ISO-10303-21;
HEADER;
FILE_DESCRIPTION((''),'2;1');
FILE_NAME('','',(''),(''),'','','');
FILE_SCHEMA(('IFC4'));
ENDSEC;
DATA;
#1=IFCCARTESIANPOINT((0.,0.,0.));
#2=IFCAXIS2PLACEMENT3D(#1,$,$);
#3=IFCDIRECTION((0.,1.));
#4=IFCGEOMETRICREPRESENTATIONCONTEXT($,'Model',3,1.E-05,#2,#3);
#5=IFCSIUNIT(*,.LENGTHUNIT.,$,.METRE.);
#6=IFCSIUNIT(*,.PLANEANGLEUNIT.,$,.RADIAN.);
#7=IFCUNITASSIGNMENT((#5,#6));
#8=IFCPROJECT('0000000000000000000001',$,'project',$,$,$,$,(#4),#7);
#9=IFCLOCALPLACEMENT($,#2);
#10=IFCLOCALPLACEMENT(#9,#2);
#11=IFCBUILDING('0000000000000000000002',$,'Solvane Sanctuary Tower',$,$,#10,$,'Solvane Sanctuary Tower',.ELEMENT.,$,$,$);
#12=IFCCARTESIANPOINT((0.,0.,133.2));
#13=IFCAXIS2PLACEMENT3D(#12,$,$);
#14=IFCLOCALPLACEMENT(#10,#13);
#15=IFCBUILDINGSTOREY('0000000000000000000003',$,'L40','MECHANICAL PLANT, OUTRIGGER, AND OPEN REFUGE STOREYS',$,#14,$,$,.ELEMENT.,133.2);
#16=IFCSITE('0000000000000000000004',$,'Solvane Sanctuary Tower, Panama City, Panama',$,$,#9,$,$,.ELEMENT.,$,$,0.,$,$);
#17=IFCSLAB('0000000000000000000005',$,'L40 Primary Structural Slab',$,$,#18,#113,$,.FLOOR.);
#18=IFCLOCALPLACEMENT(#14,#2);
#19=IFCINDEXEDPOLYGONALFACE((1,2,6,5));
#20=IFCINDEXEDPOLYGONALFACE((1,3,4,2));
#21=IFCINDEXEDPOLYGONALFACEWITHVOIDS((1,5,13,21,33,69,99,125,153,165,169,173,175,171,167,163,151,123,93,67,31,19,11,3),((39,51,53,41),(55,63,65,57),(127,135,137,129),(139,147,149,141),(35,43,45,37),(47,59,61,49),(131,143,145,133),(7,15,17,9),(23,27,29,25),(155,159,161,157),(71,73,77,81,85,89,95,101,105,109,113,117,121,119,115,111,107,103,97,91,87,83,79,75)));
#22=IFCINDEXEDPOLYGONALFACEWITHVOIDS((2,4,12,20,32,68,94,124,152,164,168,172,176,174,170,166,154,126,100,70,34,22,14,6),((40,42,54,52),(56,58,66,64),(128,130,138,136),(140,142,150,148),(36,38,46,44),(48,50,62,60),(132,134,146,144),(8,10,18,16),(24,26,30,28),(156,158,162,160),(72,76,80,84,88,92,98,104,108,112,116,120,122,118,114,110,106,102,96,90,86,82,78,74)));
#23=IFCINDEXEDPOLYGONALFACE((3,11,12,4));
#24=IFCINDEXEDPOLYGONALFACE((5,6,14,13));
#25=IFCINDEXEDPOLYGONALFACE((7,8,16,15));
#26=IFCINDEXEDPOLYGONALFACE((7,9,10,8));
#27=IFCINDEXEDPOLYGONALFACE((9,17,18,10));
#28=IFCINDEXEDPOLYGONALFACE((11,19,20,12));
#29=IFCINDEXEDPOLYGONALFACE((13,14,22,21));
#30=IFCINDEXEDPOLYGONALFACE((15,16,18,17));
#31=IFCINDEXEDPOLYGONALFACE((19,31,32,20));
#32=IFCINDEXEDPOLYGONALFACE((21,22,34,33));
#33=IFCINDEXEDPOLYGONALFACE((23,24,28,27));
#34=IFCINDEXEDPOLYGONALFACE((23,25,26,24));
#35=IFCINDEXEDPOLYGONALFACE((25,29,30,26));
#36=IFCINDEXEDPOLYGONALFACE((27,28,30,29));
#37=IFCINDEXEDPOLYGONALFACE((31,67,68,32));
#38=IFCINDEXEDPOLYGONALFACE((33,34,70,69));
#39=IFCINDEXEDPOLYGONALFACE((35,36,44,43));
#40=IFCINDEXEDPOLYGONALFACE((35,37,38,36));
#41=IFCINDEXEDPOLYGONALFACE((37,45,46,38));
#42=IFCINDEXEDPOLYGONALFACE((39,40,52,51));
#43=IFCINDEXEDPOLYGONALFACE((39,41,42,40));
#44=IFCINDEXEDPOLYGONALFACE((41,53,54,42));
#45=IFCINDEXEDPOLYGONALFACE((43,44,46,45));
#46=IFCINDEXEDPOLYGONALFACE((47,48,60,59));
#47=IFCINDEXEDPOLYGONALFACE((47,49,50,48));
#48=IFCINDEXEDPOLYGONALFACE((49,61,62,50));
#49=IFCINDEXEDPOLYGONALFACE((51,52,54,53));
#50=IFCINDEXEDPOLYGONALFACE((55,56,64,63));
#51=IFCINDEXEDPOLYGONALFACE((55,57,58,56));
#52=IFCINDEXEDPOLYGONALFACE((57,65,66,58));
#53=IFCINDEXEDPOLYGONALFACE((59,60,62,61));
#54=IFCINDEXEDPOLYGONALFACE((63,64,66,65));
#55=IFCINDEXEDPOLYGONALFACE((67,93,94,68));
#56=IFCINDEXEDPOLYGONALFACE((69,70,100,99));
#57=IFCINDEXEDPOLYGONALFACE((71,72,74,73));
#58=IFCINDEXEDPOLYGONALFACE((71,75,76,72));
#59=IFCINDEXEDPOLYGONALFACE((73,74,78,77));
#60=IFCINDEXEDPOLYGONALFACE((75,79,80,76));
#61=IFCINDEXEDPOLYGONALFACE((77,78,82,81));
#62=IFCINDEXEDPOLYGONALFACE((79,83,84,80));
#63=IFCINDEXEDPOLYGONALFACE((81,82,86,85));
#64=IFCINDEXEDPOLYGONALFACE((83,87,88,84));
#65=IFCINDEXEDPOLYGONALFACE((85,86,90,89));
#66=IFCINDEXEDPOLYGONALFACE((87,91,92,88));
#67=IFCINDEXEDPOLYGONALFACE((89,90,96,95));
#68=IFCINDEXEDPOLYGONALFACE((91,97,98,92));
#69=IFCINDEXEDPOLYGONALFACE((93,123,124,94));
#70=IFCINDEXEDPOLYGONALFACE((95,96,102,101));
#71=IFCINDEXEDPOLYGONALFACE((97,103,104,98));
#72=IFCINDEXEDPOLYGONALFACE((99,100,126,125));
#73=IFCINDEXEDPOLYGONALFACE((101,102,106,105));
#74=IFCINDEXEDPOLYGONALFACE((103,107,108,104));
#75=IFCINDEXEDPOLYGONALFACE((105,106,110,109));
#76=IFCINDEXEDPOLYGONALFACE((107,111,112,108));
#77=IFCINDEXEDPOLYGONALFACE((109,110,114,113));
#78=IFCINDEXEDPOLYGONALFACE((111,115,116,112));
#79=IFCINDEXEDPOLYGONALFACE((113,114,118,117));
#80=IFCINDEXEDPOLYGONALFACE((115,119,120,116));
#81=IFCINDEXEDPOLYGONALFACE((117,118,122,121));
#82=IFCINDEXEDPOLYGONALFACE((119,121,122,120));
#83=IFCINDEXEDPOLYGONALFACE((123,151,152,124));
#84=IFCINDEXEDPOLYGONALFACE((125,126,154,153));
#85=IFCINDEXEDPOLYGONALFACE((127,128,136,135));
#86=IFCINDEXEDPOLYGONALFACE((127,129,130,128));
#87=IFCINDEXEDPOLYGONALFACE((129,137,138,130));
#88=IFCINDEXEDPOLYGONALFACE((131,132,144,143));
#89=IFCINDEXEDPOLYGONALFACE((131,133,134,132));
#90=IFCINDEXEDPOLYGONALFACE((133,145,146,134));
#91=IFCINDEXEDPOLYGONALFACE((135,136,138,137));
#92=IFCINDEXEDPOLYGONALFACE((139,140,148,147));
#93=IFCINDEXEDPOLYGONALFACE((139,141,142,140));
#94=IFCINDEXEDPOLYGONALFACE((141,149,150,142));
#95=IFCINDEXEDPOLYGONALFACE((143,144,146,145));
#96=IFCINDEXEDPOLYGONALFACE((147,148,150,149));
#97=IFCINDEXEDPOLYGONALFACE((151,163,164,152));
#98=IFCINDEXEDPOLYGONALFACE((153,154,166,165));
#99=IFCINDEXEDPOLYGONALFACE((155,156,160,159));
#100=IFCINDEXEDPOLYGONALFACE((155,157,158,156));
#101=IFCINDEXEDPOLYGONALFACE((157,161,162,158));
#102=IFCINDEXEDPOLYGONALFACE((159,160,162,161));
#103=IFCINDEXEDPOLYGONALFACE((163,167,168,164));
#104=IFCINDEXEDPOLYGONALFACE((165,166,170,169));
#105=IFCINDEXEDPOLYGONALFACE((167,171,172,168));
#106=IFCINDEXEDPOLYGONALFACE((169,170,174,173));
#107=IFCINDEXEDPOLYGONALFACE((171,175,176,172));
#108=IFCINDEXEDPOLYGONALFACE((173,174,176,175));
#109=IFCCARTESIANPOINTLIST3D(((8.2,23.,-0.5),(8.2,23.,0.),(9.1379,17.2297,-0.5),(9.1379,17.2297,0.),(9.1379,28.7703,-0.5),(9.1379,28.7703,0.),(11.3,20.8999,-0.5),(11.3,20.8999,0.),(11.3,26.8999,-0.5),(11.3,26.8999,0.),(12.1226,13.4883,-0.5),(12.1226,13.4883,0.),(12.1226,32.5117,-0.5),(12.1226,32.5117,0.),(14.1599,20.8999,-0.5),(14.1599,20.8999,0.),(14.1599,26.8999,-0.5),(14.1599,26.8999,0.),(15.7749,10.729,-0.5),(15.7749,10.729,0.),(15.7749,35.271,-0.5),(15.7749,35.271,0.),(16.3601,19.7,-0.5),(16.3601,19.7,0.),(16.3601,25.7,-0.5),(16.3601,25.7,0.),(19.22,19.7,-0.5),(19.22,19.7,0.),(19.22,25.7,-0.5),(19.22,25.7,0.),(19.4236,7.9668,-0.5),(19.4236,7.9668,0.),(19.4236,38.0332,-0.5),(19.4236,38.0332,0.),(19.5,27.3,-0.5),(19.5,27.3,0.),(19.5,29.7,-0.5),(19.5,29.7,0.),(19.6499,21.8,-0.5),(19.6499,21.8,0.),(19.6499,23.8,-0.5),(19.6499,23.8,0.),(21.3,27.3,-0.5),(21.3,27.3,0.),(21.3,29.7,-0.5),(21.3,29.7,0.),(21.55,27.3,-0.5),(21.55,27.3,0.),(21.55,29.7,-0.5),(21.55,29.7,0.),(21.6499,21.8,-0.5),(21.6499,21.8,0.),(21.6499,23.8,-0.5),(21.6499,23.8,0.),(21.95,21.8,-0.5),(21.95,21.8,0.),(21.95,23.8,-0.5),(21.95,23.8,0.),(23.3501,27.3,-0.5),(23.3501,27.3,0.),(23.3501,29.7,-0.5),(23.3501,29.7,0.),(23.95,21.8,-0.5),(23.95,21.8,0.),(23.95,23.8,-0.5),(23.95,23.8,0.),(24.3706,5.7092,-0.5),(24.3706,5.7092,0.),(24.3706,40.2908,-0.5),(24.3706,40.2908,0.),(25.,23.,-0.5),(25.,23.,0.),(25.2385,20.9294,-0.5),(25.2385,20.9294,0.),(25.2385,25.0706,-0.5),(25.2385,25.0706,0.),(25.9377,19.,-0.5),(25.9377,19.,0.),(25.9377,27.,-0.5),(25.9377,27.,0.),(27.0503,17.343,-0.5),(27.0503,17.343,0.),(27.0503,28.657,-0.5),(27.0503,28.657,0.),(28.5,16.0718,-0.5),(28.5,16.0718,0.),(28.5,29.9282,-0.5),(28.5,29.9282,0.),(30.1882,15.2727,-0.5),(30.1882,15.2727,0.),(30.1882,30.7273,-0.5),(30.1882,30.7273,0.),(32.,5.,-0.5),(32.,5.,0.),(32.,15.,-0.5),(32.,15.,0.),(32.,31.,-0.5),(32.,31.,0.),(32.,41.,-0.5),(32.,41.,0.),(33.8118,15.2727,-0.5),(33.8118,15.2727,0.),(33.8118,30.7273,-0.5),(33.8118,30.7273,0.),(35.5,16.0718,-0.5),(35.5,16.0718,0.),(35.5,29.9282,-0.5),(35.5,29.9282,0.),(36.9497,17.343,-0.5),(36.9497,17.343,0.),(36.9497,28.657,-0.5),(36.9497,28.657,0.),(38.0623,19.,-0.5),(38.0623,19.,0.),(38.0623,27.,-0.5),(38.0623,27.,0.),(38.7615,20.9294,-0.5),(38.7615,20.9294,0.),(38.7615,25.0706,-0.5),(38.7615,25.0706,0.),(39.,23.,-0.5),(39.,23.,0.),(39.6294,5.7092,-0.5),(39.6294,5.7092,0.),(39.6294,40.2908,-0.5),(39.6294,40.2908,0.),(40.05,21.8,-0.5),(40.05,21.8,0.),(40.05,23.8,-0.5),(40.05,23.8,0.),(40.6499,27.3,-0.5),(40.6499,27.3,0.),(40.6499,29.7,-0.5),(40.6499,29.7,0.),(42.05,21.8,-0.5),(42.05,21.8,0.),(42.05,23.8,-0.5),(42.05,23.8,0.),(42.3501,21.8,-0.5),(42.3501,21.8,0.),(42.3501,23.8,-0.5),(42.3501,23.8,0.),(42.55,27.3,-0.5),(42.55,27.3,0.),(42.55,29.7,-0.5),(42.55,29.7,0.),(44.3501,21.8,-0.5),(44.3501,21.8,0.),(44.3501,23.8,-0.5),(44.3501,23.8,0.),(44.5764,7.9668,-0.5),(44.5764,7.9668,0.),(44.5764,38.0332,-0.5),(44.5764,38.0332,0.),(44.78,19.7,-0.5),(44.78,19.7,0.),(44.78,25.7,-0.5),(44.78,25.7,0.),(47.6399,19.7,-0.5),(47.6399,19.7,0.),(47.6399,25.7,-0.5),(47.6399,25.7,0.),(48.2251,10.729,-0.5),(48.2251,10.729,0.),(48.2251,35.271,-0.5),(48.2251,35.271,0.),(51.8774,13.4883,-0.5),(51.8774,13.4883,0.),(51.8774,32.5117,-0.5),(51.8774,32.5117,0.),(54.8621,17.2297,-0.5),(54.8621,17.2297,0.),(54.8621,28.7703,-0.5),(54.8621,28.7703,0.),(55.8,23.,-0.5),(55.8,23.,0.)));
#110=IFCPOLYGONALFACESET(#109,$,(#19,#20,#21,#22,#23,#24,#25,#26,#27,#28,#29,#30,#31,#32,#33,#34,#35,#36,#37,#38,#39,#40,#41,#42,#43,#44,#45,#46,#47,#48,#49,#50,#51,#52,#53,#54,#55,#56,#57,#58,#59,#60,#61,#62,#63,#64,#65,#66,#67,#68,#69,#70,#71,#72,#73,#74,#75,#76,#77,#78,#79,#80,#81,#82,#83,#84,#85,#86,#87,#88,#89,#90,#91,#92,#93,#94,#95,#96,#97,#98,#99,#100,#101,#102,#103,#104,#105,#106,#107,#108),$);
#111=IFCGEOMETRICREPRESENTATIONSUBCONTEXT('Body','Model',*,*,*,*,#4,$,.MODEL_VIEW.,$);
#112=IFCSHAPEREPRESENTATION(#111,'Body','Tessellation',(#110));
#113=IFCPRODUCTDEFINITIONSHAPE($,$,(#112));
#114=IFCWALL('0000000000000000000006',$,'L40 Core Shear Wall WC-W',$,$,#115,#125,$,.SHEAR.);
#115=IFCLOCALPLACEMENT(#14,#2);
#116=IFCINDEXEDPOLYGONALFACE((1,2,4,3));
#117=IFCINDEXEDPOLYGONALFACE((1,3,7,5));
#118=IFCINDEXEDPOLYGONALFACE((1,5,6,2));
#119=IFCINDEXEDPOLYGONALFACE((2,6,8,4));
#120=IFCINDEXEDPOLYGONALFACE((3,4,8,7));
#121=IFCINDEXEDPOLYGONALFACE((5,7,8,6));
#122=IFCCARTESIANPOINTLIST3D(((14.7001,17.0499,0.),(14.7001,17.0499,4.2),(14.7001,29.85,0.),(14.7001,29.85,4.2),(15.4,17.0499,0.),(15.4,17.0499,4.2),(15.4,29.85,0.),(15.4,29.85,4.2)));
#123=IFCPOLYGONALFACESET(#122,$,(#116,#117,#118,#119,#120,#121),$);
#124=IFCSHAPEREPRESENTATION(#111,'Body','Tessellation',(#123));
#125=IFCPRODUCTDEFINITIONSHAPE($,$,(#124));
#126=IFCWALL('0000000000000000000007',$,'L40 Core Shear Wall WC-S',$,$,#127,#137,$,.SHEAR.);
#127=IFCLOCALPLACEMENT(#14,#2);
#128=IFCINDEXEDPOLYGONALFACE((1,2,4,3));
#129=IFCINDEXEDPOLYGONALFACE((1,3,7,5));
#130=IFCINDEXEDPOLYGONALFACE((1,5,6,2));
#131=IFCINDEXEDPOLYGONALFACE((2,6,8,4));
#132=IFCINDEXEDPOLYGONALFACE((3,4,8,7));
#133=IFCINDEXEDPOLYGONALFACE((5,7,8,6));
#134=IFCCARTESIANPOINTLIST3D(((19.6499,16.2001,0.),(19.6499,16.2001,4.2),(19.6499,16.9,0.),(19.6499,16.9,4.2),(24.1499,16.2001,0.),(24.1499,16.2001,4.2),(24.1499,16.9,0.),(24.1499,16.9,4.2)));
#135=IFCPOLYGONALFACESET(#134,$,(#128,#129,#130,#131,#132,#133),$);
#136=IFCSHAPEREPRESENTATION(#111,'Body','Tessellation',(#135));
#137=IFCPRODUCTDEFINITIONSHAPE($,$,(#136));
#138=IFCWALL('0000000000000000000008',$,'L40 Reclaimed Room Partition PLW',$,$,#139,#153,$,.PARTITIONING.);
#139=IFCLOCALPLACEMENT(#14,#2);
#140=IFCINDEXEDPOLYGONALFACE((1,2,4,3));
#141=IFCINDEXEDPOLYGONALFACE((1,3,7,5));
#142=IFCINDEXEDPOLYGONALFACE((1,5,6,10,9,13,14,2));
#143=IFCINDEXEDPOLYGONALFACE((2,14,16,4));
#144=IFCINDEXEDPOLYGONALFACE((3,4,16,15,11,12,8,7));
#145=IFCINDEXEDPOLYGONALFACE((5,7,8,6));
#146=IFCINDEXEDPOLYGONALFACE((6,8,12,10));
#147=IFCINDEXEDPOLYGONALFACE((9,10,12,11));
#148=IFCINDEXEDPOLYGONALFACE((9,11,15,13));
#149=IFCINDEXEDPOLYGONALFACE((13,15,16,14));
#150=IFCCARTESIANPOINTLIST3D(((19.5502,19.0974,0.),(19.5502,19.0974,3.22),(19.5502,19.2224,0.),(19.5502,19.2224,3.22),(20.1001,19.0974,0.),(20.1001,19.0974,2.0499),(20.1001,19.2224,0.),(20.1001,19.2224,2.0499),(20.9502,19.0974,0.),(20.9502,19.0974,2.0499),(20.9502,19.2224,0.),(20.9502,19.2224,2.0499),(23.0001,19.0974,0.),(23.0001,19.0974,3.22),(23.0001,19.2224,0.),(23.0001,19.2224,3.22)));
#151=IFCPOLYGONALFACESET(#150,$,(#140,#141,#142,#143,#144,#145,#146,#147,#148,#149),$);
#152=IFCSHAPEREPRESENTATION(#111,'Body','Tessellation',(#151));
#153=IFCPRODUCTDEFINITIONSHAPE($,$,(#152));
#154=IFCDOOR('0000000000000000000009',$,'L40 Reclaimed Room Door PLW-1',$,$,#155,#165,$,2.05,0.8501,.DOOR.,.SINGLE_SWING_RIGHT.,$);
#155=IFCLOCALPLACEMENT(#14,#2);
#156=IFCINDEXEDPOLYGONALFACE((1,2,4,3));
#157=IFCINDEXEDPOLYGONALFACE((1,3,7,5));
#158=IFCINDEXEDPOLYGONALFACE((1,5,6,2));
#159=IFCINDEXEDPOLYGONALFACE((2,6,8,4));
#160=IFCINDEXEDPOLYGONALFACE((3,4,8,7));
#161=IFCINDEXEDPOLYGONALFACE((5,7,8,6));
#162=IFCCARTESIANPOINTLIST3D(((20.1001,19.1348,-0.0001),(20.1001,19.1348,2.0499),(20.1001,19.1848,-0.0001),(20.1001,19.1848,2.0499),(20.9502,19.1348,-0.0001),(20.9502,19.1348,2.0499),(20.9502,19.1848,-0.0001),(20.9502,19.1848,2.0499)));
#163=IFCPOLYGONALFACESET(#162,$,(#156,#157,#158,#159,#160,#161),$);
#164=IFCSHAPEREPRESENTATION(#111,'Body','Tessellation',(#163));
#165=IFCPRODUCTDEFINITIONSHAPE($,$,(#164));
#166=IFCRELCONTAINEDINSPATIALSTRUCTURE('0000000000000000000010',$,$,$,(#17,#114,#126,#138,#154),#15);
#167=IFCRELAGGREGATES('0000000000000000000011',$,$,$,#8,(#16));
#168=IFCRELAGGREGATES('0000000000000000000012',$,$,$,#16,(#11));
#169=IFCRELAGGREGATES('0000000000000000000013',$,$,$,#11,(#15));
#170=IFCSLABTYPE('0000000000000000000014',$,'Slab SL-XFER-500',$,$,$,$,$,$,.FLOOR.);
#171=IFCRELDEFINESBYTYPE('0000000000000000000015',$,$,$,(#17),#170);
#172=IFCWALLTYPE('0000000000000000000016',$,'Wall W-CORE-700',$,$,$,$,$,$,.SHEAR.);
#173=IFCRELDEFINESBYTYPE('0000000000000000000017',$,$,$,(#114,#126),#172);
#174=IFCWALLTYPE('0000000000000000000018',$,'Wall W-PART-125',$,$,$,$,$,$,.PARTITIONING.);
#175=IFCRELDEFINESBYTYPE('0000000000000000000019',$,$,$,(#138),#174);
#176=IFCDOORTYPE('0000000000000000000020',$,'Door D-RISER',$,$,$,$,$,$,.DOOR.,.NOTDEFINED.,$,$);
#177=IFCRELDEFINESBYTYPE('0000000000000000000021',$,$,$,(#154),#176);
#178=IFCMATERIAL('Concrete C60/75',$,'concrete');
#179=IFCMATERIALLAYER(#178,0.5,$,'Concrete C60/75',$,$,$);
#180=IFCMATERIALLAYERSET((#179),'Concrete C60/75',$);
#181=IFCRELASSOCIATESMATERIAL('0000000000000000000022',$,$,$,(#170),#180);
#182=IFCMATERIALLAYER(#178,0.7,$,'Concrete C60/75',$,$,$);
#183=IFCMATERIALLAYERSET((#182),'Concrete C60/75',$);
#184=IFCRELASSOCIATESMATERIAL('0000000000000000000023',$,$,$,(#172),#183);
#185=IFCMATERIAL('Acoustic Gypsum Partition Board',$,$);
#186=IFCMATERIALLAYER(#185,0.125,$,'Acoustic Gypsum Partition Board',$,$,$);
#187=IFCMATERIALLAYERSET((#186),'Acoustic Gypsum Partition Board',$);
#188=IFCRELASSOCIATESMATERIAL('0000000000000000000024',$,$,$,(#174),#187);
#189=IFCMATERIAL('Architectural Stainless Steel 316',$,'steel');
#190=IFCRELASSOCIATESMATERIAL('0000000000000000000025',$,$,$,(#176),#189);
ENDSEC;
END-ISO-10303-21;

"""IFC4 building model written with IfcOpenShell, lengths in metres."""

from ifc_helpers import new_model, si_unit, direction, frame, frame_2d, origin, place, context, subcontext, project, spatial, polyline, rectangle, outline, extrude, material, layer, layer_set, type_object, element, fill, save


model = new_model("IFC4")

# Units and contexts
model_context = context("Model", 3, precision=1e-05, world=origin(), true_north=direction((0.0, 1.0)))
body_context = subcontext(model_context, "Body", "Model", "MODEL_VIEW")
ifc_project = project(units=[si_unit("LENGTHUNIT", "METRE"), si_unit("PLANEANGLEUNIT", "RADIAN")], contexts=[model_context])

# Site, building, storey
site_placement = place(None, origin())
site = spatial("IfcSite", under=ifc_project, at=site_placement, Name="Solvane Sanctuary Tower, Panama City, Panama", CompositionType="ELEMENT", RefElevation=0.0)
building_placement = place(site_placement, origin())
building = spatial("IfcBuilding", under=site, at=building_placement, Name="Solvane Sanctuary Tower", LongName="Solvane Sanctuary Tower", CompositionType="ELEMENT")
storey_placement = place(building_placement, frame((0.0, 0.0, 133.2)))
storey = spatial("IfcBuildingStorey", under=building, at=storey_placement, Name="L40", Description="MECHANICAL PLANT, OUTRIGGER, AND OPEN REFUGE STOREYS", CompositionType="ELEMENT", Elevation=133.2)

# Shared definitions
ifc_material_1 = material(Name="Concrete C60/75", Category="concrete")

# Slab
ifc_layer_1 = layer(ifc_material_1, 0.5, Name="Concrete C60/75")
ifc_layer_set_1 = layer_set([ifc_layer_1], Name="Concrete C60/75")
slab_type_1 = type_object("IfcSlabType", Name="Slab SL-XFER-500", PredefinedType="FLOOR", material=ifc_layer_set_1)
slab_1_placement = place(storey_placement, frame((0.0, 0.0, -0.5)))
element("IfcSlab", 1, at=slab_1_placement, inside=storey, type_object=slab_type_1, Name="L40 Primary Structural Slab", PredefinedType="FLOOR", context=body_context, shape_type="SweptSolid", body=[
    extrude(outline(polyline([(55.8, 23.0), (54.8621, 28.7703), (51.8774, 32.5117), (48.2251, 35.271), (44.5764, 38.0332), (39.6294, 40.2908), (32.0, 41.0), (24.3706, 40.2908), (19.4236, 38.0332), (15.7749, 35.271), (12.1226, 32.5117), (9.1379, 28.7703), (8.2, 23.0), (9.1379, 17.2297), (12.1226, 13.4883), (15.7749, 10.729), (19.4236, 7.9668), (24.3706, 5.7092), (32.0, 5.0), (39.6294, 5.7092), (44.5764, 7.9668), (48.2251, 10.729), (51.8774, 13.4883), (54.8621, 17.2297), (55.8, 23.0)]), holes=[polyline([(38.7615, 20.9294), (38.0623, 19.0), (36.9497, 17.343), (35.5, 16.0718), (33.8118, 15.2727), (32.0, 15.0), (30.1882, 15.2727), (28.5, 16.0718), (27.0503, 17.343), (25.9377, 19.0), (25.2385, 20.9294), (25.0, 23.0), (25.2385, 25.0706), (25.9377, 27.0), (27.0503, 28.657), (28.5, 29.9282), (30.1882, 30.7273), (32.0, 31.0), (33.8118, 30.7273), (35.5, 29.9282), (36.9497, 28.657), (38.0623, 27.0), (38.7615, 25.0706), (39.0, 23.0), (38.7615, 20.9294)]), polyline([(16.3601, 19.7), (16.3601, 25.7), (19.22, 25.7), (19.22, 19.7), (16.3601, 19.7)]), polyline([(44.78, 19.7), (44.78, 25.7), (47.6399, 25.7), (47.6399, 19.7), (44.78, 19.7)]), polyline([(11.3, 20.8999), (11.3, 26.8999), (14.1599, 26.8999), (14.1599, 20.8999), (11.3, 20.8999)]), polyline([(19.6499, 23.8), (21.6499, 23.8), (21.6499, 21.8), (19.6499, 21.8), (19.6499, 23.8)]), polyline([(42.3501, 23.8), (44.3501, 23.8), (44.3501, 21.8), (42.3501, 21.8), (42.3501, 23.8)]), polyline([(21.95, 23.8), (23.95, 23.8), (23.95, 21.8), (21.95, 21.8), (21.95, 23.8)]), polyline([(40.05, 23.8), (42.05, 23.8), (42.05, 21.8), (40.05, 21.8), (40.05, 23.8)]), polyline([(19.5, 29.7), (21.3, 29.7), (21.3, 27.3), (19.5, 27.3), (19.5, 29.7)]), polyline([(21.55, 29.7), (23.3501, 29.7), (23.3501, 27.3), (21.55, 27.3), (21.55, 29.7)]), polyline([(40.6499, 29.7), (42.55, 29.7), (42.55, 27.3), (40.6499, 27.3), (40.6499, 29.7)])]), origin(), (0.0, 0.0, 1.0), 0.5),
])

# Walls
ifc_layer_2 = layer(ifc_material_1, 0.7, Name="Concrete C60/75")
ifc_layer_set_2 = layer_set([ifc_layer_2], Name="Concrete C60/75")
wall_type_1 = type_object("IfcWallType", Name="Wall W-CORE-700", PredefinedType="SHEAR", material=ifc_layer_set_2)
wall_1_placement = place(storey_placement, frame((15.05, 17.05, 0.0), z_axis=(0.0, 0.0, 1.0), x_axis=(0.0, 1.0, 0.0)))
element("IfcWall", 2, at=wall_1_placement, inside=storey, type_object=wall_type_1, Name="L40 Core Shear Wall WC-W", PredefinedType="SHEAR", context=body_context, shape_type="SweptSolid", body=[
    extrude(rectangle(XDim=12.8, YDim=0.7, at=frame_2d((6.3999, 0.0))), origin(), (0.0, 0.0, 1.0), 4.2),
])
wall_2_placement = place(storey_placement, frame((19.6499, 16.55, 0.0), z_axis=(0.0, 0.0, 1.0), x_axis=(1.0, 0.0, 0.0)))
element("IfcWall", 3, at=wall_2_placement, inside=storey, type_object=wall_type_1, Name="L40 Core Shear Wall WC-S", PredefinedType="SHEAR", context=body_context, shape_type="SweptSolid", body=[
    extrude(rectangle(XDim=4.5, YDim=0.7, at=frame_2d((2.25, 0.0))), origin(), (0.0, 0.0, 1.0), 4.2),
])

# Wall, opening, door
ifc_material_2 = material(Name="Acoustic Gypsum Partition Board")
ifc_layer_3 = layer(ifc_material_2, 0.125, Name="Acoustic Gypsum Partition Board")
ifc_layer_set_3 = layer_set([ifc_layer_3], Name="Acoustic Gypsum Partition Board")
wall_type_2 = type_object("IfcWallType", Name="Wall W-PART-125", PredefinedType="PARTITIONING", material=ifc_layer_set_3)
wall_3_placement = place(storey_placement, frame((19.55, 19.1599, 0.0), z_axis=(0.0, 0.0, 1.0), x_axis=(1.0, 0.0, 0.0)))
wall_3 = element("IfcWall", 4, at=wall_3_placement, inside=storey, type_object=wall_type_2, Name="L40 Reclaimed Room Partition PLW", PredefinedType="PARTITIONING", context=body_context, shape_type="SweptSolid", body=[
    extrude(rectangle(XDim=3.45, YDim=0.125, at=frame_2d((1.7251, 0.0))), origin(), (0.0, 0.0, 1.0), 3.22),
])
opening_1_placement = place(wall_3_placement, frame((0.55, 0.0, 0.0)))
opening_1 = element("IfcOpeningElement", 5, at=opening_1_placement, cuts=wall_3, PredefinedType="OPENING", context=body_context, shape_type="SweptSolid", body=[
    extrude(rectangle(XDim=0.8501, YDim=2.05, at=frame_2d((0.425, 1.0249))), frame((0.0, 0.0725, 0.0), z_axis=(0.0, -1.0, 0.0), x_axis=(1.0, 0.0, 0.0)), (0.0, 0.0, 1.0), 0.145),
])
ifc_material_3 = material(Name="Architectural Stainless Steel 316", Category="steel")
door_type_1 = type_object("IfcDoorType", Name="Door D-RISER", OperationType="NOTDEFINED", PredefinedType="DOOR", material=ifc_material_3)
door_1_placement = place(opening_1_placement, origin())
door_1 = element("IfcDoor", 6, at=door_1_placement, inside=storey, type_object=door_type_1, Name="L40 Reclaimed Room Door PLW-1", OperationType="SINGLE_SWING_RIGHT", OverallHeight=2.05, OverallWidth=0.8501, PredefinedType="DOOR", context=body_context, shape_type="SweptSolid", body=[
    extrude(rectangle(XDim=0.8501, YDim=2.05, at=frame_2d((0.425, 1.0249))), frame((0.0, 0.0249, 0.0), z_axis=(0.0, -1.0, 0.0), x_axis=(1.0, 0.0, 0.0)), (0.0, 0.0, 1.0), 0.05),
])
fill(opening_1, door_1)

save(model, "model.ifc")
